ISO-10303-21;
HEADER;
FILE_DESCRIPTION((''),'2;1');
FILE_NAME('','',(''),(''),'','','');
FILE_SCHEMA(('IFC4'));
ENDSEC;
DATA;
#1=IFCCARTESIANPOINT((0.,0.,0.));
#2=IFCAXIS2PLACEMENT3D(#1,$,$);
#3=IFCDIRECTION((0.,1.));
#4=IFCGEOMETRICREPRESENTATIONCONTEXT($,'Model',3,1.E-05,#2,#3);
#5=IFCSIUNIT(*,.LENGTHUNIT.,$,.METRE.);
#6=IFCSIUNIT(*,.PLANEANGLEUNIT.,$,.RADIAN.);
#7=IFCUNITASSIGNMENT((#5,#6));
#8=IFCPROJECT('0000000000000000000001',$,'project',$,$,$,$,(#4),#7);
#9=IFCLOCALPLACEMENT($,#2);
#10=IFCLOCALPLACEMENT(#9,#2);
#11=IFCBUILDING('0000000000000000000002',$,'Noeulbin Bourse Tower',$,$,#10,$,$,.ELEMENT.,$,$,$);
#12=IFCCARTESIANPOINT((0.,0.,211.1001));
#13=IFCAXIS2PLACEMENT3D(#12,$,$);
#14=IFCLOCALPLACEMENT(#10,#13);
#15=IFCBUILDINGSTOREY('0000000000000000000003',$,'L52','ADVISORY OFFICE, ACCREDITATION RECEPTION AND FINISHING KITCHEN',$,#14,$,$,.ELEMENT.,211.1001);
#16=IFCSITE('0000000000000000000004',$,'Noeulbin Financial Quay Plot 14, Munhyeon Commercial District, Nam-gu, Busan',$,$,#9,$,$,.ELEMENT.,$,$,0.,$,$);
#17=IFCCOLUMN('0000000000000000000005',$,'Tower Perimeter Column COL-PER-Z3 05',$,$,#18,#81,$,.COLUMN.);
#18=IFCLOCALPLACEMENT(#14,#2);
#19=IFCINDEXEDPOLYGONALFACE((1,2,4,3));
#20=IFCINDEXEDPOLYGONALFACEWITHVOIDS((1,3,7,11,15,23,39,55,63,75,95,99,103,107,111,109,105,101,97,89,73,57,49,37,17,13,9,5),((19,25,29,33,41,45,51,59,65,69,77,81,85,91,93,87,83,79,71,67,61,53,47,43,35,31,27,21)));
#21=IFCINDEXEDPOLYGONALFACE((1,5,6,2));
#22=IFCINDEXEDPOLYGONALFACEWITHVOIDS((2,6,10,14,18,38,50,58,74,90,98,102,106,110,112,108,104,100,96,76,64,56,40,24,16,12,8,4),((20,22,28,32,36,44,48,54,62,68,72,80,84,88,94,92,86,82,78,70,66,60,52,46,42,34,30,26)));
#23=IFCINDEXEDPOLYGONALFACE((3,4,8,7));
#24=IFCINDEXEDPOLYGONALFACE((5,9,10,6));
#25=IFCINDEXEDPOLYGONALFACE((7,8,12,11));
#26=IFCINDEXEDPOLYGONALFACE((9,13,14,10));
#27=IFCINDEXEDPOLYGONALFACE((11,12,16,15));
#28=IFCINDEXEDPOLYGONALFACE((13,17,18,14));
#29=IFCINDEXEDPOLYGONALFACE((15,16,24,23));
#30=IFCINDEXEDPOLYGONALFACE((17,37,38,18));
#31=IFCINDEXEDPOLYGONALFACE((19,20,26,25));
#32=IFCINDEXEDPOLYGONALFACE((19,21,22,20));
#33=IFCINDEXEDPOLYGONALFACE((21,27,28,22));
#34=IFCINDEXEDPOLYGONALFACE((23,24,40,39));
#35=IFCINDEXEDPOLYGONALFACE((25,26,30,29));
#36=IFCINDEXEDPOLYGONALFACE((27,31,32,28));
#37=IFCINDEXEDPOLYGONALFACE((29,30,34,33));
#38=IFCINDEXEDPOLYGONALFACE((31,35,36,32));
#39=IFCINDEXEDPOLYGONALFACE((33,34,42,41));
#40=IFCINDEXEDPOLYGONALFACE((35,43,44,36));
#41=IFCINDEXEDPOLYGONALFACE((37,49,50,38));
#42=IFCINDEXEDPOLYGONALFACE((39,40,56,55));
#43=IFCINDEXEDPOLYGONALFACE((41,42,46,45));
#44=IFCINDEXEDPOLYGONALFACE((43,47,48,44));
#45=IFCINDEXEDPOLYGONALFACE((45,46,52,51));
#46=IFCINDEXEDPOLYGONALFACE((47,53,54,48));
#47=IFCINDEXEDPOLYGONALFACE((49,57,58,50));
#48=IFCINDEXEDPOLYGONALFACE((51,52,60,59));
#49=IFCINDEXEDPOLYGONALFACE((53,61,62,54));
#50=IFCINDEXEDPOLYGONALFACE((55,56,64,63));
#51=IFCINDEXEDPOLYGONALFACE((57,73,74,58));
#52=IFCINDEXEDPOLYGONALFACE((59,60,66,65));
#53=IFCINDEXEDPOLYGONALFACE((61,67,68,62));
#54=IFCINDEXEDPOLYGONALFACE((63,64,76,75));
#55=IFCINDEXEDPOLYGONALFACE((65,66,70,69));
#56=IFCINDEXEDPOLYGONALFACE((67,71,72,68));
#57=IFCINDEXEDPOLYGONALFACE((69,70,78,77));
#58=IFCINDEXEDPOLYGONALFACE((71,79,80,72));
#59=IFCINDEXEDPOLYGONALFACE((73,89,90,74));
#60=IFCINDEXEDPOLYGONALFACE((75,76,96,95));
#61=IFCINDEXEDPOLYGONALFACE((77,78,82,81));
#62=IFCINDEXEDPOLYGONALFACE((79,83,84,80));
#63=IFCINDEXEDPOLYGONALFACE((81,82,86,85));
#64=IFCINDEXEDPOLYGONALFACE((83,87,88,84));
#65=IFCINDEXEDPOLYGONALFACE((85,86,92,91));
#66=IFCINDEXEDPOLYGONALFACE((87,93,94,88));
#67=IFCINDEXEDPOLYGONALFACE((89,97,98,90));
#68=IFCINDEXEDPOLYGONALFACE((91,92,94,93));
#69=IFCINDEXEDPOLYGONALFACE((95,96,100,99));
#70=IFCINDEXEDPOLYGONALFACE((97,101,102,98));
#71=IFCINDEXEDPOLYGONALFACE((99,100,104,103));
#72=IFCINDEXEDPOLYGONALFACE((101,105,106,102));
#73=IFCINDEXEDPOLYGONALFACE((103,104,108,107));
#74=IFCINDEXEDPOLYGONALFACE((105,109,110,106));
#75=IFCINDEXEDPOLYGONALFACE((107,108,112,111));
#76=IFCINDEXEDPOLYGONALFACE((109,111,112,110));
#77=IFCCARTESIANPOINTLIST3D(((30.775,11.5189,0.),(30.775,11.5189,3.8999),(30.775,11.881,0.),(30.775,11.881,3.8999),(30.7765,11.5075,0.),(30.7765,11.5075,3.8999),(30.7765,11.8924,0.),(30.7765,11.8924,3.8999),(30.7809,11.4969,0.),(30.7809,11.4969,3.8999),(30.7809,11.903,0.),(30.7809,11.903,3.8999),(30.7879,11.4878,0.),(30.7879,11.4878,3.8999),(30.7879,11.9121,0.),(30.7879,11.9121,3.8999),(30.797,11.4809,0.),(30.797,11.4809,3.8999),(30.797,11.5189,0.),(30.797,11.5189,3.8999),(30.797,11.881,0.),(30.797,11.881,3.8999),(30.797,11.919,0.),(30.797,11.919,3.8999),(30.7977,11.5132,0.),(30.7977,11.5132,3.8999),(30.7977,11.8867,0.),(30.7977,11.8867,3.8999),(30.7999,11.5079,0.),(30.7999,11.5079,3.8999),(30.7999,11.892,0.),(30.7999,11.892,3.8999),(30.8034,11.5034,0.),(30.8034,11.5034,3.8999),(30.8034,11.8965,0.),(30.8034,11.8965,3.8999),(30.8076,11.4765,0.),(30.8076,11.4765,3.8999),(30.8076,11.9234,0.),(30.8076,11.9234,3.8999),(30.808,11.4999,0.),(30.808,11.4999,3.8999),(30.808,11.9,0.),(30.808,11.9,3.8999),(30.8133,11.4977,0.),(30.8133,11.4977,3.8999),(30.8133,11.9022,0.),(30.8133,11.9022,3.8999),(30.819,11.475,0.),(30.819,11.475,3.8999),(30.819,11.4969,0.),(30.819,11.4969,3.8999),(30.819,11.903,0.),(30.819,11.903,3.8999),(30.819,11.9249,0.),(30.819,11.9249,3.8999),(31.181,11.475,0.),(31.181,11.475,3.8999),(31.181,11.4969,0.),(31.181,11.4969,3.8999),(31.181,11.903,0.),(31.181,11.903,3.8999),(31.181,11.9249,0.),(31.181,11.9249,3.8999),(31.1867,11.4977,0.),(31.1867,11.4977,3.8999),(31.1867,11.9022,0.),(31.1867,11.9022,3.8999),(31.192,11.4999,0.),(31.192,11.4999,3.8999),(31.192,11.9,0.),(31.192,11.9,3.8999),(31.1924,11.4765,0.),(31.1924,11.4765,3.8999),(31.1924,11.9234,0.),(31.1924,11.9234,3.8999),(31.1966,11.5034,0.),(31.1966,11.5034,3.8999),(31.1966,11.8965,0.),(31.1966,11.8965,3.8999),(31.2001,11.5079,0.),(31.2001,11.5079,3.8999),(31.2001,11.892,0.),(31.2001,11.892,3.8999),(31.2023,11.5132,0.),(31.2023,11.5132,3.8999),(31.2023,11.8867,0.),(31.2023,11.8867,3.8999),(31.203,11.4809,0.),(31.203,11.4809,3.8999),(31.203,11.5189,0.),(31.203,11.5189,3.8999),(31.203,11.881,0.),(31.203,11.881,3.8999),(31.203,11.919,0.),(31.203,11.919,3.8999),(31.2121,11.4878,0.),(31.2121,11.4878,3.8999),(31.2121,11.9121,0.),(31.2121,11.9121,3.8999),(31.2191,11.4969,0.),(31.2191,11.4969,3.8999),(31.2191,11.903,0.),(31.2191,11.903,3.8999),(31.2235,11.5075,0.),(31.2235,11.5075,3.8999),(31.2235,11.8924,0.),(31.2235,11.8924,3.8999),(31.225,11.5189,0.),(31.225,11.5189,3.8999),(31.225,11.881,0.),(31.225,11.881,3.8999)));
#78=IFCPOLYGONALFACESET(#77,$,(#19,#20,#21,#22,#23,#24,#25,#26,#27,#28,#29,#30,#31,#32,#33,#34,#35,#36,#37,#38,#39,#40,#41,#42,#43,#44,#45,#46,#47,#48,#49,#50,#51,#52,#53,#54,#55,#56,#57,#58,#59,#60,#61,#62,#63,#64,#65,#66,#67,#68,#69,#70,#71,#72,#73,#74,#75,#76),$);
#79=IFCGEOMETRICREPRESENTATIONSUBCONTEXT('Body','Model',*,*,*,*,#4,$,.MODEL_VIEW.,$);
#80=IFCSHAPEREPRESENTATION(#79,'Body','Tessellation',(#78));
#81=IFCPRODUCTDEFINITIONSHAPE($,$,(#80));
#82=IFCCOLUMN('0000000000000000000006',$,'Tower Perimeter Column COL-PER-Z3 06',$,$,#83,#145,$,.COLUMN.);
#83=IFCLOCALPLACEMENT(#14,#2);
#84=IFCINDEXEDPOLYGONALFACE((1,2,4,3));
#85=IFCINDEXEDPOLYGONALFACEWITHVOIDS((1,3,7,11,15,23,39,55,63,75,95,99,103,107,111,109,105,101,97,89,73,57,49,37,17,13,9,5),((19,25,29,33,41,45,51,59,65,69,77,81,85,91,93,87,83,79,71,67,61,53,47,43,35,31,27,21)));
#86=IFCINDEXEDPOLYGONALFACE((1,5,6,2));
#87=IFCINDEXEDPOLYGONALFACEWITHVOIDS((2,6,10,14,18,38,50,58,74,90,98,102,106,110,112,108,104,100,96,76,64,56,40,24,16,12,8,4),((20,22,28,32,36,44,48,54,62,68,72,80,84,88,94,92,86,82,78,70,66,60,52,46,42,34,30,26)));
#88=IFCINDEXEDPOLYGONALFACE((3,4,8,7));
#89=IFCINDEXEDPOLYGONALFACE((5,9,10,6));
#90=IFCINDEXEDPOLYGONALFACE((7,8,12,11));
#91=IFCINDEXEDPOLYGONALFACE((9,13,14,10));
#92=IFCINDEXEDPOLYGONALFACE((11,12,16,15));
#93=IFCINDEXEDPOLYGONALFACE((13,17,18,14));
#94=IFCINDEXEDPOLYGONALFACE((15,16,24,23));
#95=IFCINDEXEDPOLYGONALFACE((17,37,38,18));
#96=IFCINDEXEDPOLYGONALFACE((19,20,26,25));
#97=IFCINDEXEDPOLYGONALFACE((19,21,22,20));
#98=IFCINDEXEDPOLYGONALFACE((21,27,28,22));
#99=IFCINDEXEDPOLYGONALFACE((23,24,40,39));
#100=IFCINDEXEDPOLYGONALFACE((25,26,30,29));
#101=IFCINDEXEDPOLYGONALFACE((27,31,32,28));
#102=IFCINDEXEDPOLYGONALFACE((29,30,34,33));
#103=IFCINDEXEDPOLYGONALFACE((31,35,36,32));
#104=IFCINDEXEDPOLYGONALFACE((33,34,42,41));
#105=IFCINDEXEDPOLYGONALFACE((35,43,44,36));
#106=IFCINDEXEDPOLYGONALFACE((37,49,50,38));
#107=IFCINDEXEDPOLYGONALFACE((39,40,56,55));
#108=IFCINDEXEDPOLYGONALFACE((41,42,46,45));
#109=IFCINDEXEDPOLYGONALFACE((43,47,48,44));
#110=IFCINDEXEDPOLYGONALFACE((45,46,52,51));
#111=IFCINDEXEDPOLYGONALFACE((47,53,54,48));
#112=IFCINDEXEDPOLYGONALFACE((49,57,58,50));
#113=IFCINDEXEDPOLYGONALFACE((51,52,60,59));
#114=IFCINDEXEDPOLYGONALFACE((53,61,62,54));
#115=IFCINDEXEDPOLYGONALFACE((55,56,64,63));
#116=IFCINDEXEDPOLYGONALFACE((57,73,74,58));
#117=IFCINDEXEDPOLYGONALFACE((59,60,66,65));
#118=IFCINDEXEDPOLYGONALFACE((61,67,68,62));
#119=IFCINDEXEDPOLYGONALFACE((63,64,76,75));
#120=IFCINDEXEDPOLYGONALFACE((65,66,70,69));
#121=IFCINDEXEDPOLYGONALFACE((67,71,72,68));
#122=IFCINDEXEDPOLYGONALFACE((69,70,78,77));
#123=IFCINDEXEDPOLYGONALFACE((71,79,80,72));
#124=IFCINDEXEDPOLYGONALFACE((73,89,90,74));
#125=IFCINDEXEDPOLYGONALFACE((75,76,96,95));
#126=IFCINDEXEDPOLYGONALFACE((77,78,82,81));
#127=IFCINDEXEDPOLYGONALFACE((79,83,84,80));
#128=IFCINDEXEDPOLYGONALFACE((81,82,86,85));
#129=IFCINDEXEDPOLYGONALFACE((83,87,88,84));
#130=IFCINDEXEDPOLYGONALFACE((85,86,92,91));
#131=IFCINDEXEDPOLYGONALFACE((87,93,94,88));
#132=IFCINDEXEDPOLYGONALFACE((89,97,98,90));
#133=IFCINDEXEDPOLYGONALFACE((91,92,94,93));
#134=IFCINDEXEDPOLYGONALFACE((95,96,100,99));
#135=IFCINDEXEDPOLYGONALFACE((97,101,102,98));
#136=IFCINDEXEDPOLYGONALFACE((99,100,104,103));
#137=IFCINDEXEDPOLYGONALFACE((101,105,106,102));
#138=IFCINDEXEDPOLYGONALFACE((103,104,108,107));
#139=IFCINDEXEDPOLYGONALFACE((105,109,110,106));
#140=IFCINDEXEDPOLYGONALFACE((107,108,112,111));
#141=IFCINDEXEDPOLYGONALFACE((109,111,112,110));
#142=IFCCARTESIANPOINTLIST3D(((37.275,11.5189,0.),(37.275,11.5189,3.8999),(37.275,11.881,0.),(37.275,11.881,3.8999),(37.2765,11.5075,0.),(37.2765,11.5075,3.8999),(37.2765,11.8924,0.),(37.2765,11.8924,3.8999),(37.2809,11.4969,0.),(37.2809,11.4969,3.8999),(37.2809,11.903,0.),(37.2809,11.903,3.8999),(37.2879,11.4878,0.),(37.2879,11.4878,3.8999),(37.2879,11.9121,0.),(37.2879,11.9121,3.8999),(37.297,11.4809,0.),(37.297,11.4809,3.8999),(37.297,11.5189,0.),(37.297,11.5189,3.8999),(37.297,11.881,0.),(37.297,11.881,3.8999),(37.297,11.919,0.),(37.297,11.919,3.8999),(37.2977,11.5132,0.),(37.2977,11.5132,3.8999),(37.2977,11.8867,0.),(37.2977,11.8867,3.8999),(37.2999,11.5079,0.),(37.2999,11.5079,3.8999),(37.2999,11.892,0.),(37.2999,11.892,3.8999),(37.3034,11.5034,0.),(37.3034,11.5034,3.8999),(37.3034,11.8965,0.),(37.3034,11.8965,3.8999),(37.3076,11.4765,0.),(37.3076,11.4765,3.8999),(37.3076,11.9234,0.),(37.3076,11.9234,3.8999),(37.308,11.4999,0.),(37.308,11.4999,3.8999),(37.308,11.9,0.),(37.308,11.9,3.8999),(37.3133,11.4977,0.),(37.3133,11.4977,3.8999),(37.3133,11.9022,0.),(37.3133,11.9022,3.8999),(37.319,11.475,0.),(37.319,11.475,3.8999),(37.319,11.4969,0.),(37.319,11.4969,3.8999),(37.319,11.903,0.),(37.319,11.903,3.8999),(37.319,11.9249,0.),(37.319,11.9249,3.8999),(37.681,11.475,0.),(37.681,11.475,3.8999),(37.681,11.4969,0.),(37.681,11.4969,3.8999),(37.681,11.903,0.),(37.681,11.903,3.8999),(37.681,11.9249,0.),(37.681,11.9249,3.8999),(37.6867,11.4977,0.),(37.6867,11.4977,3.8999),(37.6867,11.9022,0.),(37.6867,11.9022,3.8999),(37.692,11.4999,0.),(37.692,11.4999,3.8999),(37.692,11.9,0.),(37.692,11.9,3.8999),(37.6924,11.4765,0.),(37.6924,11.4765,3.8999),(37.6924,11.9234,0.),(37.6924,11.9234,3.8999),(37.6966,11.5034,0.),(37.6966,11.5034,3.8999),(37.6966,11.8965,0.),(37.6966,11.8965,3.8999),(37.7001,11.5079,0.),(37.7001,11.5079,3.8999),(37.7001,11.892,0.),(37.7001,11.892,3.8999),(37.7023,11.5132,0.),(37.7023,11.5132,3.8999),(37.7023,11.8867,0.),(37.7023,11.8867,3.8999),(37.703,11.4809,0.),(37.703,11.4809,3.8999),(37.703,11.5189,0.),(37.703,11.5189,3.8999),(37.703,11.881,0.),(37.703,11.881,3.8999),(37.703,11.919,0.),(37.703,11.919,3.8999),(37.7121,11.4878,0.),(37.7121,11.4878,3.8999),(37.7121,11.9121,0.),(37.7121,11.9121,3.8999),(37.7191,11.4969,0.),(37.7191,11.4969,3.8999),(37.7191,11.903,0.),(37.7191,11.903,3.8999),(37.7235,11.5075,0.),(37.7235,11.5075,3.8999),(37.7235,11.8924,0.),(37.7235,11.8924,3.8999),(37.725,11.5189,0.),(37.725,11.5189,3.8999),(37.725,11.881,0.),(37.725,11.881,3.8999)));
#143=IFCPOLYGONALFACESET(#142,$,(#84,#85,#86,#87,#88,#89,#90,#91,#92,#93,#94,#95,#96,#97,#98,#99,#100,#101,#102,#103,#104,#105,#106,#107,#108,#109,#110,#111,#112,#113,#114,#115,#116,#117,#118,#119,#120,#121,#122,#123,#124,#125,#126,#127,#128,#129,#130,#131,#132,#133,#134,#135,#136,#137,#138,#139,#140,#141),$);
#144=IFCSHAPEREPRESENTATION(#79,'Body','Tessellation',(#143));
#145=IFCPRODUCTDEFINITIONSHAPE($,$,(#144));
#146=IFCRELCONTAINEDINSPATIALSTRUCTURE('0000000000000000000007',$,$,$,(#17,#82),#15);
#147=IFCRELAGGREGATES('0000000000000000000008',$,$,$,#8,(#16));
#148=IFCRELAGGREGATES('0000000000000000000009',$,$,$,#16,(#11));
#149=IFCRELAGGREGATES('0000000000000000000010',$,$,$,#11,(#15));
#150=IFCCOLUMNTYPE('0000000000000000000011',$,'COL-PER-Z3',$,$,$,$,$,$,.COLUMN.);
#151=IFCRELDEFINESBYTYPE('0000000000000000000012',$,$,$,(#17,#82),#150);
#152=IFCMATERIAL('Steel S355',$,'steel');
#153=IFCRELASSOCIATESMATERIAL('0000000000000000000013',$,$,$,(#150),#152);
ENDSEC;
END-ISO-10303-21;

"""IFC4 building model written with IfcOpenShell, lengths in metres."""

from ifc_helpers import new_model, si_unit, direction, frame, origin, origin_2d, place, context, subcontext, project, spatial, hollow_rectangle, extrude, material, material_profile, profile_set, type_object, element, save


model = new_model("IFC4")

# Units and contexts
model_context = context("Model", 3, precision=1e-05, world=origin(), true_north=direction((0.0, 1.0)))
body_context = subcontext(model_context, "Body", "Model", "MODEL_VIEW")
ifc_project = project(units=[si_unit("LENGTHUNIT", "METRE"), si_unit("PLANEANGLEUNIT", "RADIAN")], contexts=[model_context])

# Site, building, storey
site_placement = place(None, origin())
site = spatial("IfcSite", under=ifc_project, at=site_placement, Name="Noeulbin Financial Quay Plot 14, Munhyeon Commercial District, Nam-gu, Busan", CompositionType="ELEMENT", RefElevation=0.0)
building_placement = place(site_placement, origin())
building = spatial("IfcBuilding", under=site, at=building_placement, Name="Noeulbin Bourse Tower", CompositionType="ELEMENT")
storey_placement = place(building_placement, frame((0.0, 0.0, 211.1001)))
storey = spatial("IfcBuildingStorey", under=building, at=storey_placement, Name="L52", Description="ADVISORY OFFICE, ACCREDITATION RECEPTION AND FINISHING KITCHEN", CompositionType="ELEMENT", Elevation=211.1001)

# Columns
ifc_material_1 = material(Name="Steel S355", Category="steel")
ifc_material_profile_1 = material_profile(ifc_material_1, hollow_rectangle(XDim=0.45, YDim=0.45, WallThickness=0.022, InnerFilletRadius=0.022, OuterFilletRadius=0.0439, at=origin_2d()), Name="SHS-450x450x22", Category="LoadBearing")
ifc_profile_set_1 = profile_set([ifc_material_profile_1], Name="Steel S355")
column_type_1 = type_object("IfcColumnType", Name="COL-PER-Z3", PredefinedType="COLUMN", material=ifc_profile_set_1)
for number, where, z_axis, x_axis, name in (
    (1, (31.0, 11.7, 0.0), (0.0, 0.0, 1.0), (1.0, 0.0, 0.0), "Tower Perimeter Column COL-PER-Z3 05"),
    (2, (37.5, 11.7, 0.0), (0.0, 0.0, 1.0), (1.0, 0.0, 0.0), "Tower Perimeter Column COL-PER-Z3 06"),
):
    element("IfcColumn", number, at=place(storey_placement, frame(where, z_axis=z_axis, x_axis=x_axis)), inside=storey, type_object=column_type_1, Name=name, PredefinedType="COLUMN", context=body_context, shape_type="SweptSolid", body=[
        extrude(hollow_rectangle(XDim=0.45, YDim=0.45, WallThickness=0.022, InnerFilletRadius=0.022, OuterFilletRadius=0.0439, at=origin_2d()), origin(), (0.0, 0.0, 1.0), 3.8999),
    ])

save(model, "model.ifc")
